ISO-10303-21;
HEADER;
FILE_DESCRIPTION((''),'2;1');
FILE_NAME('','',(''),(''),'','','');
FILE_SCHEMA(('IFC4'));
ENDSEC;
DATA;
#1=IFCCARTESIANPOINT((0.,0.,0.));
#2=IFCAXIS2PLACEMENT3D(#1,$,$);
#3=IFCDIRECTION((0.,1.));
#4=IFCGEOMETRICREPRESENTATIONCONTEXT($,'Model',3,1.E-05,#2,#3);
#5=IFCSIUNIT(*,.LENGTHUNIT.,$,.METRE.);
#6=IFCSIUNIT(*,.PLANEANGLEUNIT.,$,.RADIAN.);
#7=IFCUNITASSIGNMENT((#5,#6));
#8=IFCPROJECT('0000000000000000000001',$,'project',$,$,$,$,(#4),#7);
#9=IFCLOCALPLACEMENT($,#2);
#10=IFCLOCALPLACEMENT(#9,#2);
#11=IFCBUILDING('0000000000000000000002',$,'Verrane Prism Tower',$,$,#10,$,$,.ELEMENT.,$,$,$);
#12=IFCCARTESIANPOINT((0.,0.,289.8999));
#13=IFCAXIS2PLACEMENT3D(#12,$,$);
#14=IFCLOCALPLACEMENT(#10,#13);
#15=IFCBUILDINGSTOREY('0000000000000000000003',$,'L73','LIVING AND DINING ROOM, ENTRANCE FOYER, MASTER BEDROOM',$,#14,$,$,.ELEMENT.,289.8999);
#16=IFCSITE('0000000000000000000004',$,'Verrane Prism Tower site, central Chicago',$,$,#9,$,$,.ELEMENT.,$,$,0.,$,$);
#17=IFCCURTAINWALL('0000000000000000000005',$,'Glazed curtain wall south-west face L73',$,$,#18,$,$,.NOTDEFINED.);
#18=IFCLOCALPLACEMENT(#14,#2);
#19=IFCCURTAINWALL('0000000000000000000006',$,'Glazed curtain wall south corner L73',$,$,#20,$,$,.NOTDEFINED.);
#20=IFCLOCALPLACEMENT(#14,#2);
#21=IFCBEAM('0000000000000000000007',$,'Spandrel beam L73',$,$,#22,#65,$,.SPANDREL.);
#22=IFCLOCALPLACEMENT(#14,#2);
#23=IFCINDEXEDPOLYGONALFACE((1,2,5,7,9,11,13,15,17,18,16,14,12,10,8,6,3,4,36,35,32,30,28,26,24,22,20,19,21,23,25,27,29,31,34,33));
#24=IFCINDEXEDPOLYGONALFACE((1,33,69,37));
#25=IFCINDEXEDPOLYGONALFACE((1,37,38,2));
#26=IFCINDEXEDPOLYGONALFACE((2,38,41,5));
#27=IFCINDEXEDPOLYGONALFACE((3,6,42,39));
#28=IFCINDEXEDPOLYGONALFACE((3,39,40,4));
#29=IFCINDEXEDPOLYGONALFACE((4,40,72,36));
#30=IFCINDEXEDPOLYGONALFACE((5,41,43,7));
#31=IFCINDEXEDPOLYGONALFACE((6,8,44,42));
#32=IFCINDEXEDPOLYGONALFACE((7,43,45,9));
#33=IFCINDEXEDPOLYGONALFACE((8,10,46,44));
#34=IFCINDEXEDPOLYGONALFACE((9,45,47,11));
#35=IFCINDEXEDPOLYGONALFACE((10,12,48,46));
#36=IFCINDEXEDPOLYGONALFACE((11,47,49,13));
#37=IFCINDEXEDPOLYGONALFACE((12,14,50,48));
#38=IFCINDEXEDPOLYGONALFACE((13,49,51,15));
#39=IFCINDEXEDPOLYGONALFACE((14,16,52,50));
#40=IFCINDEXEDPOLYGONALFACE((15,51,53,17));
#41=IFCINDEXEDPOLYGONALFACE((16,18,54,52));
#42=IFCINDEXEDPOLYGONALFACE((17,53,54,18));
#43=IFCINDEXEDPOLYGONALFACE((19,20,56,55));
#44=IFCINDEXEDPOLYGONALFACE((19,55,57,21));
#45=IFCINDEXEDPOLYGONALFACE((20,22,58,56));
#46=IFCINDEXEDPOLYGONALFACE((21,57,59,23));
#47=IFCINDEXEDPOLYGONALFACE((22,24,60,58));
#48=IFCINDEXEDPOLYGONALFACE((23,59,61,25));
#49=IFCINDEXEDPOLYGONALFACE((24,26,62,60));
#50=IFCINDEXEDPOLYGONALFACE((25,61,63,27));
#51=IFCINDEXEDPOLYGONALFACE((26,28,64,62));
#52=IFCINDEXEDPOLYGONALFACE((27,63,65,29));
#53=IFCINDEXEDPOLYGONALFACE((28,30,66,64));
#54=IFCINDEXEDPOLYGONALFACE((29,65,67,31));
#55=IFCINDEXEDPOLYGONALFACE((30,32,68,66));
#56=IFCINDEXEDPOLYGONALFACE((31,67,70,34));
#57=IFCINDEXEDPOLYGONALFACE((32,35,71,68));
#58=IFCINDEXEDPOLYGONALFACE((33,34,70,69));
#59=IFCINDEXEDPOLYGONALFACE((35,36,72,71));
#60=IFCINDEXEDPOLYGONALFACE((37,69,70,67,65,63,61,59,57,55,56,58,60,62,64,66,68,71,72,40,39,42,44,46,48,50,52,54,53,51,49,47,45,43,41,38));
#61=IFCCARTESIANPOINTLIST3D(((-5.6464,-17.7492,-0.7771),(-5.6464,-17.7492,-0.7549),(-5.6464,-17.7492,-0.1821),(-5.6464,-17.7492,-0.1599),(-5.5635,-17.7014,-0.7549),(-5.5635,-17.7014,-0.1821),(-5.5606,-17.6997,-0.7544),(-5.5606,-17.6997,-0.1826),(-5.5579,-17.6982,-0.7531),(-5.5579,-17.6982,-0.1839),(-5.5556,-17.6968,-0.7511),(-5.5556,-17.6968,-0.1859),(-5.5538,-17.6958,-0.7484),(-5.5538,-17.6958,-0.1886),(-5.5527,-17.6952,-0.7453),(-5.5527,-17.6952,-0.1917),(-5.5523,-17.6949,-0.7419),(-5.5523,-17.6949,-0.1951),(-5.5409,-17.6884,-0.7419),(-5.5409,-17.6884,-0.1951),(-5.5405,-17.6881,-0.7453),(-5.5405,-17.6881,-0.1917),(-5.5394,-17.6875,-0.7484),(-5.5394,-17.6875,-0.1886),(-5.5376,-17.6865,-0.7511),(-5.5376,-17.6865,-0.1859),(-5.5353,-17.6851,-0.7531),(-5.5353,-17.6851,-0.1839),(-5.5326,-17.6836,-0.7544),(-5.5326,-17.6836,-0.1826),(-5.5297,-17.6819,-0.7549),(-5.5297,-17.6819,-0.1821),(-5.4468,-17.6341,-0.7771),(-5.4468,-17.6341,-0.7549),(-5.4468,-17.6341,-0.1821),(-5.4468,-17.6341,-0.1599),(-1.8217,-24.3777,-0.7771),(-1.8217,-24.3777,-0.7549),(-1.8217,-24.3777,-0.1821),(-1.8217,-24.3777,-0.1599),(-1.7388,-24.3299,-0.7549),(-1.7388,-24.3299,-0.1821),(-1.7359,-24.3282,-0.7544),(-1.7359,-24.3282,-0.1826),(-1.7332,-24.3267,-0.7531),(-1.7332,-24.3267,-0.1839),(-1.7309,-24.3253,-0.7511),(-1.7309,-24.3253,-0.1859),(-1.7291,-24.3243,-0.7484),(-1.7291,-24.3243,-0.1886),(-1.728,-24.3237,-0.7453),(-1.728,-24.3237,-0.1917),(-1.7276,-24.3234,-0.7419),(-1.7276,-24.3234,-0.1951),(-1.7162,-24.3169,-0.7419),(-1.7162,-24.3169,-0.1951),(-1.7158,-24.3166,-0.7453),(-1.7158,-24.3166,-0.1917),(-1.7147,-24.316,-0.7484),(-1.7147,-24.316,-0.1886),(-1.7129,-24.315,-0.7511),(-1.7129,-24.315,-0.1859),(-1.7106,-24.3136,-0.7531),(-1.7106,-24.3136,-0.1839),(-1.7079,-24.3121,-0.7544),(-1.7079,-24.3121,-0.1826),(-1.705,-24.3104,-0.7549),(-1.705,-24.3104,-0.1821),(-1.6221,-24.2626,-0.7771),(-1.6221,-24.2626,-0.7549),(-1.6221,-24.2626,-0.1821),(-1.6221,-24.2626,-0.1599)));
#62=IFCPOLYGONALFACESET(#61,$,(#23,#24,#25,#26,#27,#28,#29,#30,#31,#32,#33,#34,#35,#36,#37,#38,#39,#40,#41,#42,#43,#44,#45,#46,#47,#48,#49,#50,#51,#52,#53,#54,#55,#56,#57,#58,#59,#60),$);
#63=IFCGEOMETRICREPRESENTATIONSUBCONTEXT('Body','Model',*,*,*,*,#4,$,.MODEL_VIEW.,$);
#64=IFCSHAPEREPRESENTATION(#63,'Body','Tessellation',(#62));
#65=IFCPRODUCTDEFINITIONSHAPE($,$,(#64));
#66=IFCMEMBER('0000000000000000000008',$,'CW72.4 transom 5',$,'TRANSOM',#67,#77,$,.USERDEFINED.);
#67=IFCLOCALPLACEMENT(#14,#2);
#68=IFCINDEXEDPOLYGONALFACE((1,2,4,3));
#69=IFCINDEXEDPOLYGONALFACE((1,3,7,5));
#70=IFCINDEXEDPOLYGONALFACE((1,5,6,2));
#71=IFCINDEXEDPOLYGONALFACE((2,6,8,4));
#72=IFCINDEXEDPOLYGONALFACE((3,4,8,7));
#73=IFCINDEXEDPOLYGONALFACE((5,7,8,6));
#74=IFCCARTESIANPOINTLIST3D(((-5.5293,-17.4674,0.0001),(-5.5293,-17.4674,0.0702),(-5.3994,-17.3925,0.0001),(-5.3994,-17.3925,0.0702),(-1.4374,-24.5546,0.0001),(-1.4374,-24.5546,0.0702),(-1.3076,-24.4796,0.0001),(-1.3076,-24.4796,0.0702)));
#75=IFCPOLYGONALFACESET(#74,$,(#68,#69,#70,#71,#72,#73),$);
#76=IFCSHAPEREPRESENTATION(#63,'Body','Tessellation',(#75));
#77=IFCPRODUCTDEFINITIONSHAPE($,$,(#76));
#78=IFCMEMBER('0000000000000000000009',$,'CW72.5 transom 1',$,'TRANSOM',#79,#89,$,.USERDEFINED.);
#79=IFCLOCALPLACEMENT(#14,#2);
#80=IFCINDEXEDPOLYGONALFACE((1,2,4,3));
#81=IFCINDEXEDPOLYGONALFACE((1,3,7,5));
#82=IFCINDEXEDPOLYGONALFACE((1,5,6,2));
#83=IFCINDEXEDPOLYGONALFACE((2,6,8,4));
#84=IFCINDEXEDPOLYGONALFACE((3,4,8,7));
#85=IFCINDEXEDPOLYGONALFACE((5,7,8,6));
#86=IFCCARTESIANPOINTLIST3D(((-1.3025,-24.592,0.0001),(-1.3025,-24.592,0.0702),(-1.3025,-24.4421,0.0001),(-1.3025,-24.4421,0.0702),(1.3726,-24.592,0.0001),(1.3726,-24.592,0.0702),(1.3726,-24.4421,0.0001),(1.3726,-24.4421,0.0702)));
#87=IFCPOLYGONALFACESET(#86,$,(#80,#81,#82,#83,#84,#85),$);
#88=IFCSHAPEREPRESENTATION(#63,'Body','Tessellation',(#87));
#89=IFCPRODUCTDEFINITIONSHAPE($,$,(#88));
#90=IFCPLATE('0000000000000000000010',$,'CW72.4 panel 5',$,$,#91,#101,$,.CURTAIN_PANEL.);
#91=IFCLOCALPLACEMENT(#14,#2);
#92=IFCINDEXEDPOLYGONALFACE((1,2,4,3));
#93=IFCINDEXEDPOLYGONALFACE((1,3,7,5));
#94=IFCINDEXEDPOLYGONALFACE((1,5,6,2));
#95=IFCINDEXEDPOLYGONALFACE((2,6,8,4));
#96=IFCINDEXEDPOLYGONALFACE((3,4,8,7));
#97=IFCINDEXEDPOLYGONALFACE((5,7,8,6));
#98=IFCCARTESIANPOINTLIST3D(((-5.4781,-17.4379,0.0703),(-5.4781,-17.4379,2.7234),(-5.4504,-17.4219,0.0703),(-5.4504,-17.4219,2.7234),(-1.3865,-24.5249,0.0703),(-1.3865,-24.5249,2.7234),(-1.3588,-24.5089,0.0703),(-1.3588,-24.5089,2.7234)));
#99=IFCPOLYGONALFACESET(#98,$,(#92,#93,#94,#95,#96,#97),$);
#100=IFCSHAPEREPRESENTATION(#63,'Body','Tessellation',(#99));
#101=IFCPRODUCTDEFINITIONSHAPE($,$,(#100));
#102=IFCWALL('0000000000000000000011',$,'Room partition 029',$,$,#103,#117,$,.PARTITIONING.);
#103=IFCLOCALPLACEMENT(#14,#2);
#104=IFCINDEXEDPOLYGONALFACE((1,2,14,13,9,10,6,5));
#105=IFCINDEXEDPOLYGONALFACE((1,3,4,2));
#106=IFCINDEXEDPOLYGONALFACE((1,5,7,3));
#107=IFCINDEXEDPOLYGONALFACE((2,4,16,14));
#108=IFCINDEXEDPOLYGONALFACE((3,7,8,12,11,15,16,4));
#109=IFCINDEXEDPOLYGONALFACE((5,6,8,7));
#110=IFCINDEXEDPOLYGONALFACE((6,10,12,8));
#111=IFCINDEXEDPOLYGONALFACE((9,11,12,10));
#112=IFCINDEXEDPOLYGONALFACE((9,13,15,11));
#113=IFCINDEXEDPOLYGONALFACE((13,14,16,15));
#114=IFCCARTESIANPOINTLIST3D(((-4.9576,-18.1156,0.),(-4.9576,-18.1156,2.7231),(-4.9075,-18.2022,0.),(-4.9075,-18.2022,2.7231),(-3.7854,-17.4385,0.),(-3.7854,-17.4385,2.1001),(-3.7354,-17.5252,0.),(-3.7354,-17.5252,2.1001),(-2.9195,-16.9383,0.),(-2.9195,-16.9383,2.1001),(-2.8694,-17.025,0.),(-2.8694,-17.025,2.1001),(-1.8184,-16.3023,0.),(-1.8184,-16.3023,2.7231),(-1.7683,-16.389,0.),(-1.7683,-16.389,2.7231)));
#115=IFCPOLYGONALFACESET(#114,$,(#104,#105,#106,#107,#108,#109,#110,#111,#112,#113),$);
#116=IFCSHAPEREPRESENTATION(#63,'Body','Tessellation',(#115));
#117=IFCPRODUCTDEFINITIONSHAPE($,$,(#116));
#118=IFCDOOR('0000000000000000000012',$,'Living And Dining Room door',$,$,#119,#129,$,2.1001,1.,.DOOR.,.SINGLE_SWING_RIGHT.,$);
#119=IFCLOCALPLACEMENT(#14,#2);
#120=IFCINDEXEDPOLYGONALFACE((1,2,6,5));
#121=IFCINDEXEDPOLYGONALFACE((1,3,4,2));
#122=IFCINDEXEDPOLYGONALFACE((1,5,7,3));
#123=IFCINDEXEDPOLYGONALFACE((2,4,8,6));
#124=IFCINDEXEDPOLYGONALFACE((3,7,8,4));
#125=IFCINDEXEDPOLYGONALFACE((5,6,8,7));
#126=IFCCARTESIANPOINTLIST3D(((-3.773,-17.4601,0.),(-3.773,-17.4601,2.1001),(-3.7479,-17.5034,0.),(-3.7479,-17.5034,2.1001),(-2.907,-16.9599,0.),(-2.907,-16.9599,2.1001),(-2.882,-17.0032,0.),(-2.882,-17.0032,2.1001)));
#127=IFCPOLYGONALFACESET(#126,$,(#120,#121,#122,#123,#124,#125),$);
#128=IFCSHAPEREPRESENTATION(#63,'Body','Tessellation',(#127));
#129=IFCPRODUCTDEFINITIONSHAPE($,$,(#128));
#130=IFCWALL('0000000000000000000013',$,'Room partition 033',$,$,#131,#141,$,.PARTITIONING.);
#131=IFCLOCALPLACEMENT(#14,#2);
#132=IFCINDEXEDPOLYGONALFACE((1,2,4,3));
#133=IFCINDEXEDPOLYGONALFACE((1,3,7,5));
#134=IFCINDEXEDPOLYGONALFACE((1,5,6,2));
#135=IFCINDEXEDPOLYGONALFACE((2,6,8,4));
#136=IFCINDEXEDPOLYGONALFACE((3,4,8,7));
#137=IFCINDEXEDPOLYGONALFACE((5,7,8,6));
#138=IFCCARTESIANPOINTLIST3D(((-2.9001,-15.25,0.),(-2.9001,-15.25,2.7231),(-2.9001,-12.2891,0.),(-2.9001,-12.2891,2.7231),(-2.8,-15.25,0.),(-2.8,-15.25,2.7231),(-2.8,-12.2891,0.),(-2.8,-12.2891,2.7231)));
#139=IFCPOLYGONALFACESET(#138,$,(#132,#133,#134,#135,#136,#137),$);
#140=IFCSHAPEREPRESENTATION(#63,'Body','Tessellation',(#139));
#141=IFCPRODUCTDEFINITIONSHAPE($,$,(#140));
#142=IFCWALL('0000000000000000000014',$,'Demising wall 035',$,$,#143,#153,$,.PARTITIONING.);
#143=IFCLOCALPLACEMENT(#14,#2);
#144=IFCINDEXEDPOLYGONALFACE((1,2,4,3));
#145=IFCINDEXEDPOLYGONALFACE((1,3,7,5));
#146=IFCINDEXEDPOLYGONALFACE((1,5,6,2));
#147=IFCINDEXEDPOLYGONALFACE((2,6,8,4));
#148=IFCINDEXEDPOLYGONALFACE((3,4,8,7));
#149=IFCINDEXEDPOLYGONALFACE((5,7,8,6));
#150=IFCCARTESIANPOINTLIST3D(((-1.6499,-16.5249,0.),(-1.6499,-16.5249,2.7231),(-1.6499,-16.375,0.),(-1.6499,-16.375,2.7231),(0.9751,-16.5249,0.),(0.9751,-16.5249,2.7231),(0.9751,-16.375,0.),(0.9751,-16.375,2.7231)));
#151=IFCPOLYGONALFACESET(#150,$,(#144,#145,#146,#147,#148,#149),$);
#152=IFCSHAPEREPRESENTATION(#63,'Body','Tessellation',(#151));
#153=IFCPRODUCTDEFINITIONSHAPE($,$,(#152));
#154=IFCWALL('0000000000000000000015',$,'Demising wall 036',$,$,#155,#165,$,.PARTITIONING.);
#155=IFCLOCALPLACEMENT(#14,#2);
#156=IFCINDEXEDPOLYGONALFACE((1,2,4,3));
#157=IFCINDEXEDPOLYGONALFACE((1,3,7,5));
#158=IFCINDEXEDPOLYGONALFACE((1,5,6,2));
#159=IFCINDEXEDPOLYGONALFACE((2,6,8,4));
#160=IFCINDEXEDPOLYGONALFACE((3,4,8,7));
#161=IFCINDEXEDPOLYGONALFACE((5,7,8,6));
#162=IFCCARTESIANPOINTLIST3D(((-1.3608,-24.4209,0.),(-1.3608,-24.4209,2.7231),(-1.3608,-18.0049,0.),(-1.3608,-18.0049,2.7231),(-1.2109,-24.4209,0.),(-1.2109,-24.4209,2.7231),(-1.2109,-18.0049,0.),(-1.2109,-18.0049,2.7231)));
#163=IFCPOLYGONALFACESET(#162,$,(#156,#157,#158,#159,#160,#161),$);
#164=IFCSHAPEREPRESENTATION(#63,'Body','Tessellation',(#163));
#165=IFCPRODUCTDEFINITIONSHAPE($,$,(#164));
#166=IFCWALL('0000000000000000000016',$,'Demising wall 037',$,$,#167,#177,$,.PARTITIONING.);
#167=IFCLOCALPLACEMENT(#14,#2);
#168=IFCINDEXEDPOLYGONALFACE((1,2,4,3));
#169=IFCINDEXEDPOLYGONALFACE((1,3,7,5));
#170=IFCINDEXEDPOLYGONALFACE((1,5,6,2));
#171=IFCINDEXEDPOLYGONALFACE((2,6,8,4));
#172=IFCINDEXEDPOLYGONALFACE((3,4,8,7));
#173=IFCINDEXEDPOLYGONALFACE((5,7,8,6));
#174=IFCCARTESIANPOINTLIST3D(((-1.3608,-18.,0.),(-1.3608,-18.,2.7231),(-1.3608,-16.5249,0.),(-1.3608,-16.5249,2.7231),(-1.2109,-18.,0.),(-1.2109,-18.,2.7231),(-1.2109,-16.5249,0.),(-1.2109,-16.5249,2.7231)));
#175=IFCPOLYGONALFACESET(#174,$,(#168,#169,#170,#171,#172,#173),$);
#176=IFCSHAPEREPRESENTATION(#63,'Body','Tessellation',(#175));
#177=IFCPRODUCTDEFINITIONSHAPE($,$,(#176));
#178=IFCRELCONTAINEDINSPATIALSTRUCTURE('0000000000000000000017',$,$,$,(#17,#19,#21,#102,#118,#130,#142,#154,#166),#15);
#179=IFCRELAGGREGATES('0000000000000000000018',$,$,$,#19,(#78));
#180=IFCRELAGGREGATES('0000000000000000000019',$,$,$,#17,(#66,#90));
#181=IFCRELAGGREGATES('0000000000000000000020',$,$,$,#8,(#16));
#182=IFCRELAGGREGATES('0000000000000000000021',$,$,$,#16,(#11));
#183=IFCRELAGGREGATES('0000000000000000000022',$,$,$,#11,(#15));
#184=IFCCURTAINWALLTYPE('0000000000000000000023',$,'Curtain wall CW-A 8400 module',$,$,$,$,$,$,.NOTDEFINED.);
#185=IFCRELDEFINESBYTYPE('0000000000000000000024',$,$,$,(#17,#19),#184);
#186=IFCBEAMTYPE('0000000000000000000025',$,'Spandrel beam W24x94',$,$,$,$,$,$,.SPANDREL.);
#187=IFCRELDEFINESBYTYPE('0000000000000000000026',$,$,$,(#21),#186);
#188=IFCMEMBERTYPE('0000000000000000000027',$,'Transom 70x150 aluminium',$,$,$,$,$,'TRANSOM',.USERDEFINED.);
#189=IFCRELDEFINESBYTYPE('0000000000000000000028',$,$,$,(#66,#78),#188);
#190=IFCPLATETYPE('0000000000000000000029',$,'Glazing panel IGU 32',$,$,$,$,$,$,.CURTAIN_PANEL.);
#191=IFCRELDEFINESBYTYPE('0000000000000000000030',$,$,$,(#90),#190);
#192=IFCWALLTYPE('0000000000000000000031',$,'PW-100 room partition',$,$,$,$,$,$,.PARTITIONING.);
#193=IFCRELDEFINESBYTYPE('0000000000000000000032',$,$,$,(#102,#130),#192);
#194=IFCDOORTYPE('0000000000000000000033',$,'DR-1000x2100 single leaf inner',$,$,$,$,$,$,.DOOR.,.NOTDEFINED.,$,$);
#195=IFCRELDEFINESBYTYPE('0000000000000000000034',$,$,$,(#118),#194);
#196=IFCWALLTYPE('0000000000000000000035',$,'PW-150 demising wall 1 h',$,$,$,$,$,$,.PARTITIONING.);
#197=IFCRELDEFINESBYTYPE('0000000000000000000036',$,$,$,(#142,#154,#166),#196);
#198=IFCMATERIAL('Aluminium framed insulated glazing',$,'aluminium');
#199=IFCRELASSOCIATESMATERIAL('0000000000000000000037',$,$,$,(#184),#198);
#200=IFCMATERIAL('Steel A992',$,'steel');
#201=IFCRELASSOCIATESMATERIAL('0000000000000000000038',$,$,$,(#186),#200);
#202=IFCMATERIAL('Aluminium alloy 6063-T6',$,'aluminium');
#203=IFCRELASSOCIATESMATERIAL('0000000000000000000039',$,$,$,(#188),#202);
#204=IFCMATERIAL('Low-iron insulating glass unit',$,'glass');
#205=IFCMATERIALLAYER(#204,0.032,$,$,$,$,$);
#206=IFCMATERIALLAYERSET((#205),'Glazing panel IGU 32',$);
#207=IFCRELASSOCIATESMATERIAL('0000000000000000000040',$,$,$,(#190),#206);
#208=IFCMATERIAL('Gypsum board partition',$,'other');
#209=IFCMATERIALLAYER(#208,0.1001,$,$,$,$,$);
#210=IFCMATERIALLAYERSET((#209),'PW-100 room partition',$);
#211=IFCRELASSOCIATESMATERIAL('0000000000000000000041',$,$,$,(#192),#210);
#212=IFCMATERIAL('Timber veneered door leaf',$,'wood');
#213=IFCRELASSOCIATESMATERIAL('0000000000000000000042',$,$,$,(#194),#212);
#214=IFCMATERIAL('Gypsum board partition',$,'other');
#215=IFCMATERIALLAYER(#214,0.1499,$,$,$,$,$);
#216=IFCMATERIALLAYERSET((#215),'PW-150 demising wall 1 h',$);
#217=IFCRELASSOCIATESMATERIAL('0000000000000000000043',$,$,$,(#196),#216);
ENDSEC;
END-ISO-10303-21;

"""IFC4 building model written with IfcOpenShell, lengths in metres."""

from ifc_helpers import new_model, si_unit, direction, frame, frame_2d, origin, origin_2d, place, context, subcontext, project, spatial, rectangle, i_section, extrude, material, layer, layer_set, material_profile, profile_set, type_object, element, fill, aggregate, save


model = new_model("IFC4")

# Units and contexts
model_context = context("Model", 3, precision=1e-05, world=origin(), true_north=direction((0.0, 1.0)))
body_context = subcontext(model_context, "Body", "Model", "MODEL_VIEW")
ifc_project = project(units=[si_unit("LENGTHUNIT", "METRE"), si_unit("PLANEANGLEUNIT", "RADIAN")], contexts=[model_context])

# Site, building, storey
site_placement = place(None, origin())
site = spatial("IfcSite", under=ifc_project, at=site_placement, Name="Verrane Prism Tower site, central Chicago", CompositionType="ELEMENT", RefElevation=0.0)
building_placement = place(site_placement, origin())
building = spatial("IfcBuilding", under=site, at=building_placement, Name="Verrane Prism Tower", CompositionType="ELEMENT")
storey_placement = place(building_placement, frame((0.0, 0.0, 289.8999)))
storey = spatial("IfcBuildingStorey", under=building, at=storey_placement, Name="L73", Description="LIVING AND DINING ROOM, ENTRANCE FOYER, MASTER BEDROOM", CompositionType="ELEMENT", Elevation=289.8999)

# Curtain walls
ifc_material_1 = material(Name="Aluminium framed insulated glazing", Category="aluminium")
curtain_wall_type = type_object("IfcCurtainWallType", Name="Curtain wall CW-A 8400 module", PredefinedType="NOTDEFINED", material=ifc_material_1)
curtain_wall_1_placement = place(storey_placement, origin())
curtain_wall_1 = element("IfcCurtainWall", 1, at=curtain_wall_1_placement, inside=storey, type_object=curtain_wall_type, Name="Glazed curtain wall south-west face L73", PredefinedType="NOTDEFINED")
curtain_wall_2_placement = place(storey_placement, origin())
curtain_wall_2 = element("IfcCurtainWall", 2, at=curtain_wall_2_placement, inside=storey, type_object=curtain_wall_type, Name="Glazed curtain wall south corner L73", PredefinedType="NOTDEFINED")

# Beam
ifc_material_2 = material(Name="Steel A992", Category="steel")
ifc_material_profile_1 = material_profile(ifc_material_2, i_section(OverallWidth=0.2305, OverallDepth=0.6172, WebThickness=0.0132, FlangeThickness=0.0222, FilletRadius=0.0129, at=origin_2d()), Name="W24x94")
ifc_profile_set_1 = profile_set([ifc_material_profile_1], Name="Steel A992")
beam_type_1 = type_object("IfcBeamType", Name="Spandrel beam W24x94", PredefinedType="SPANDREL", material=ifc_profile_set_1)
beam_1_placement = place(storey_placement, frame((-5.5466, -17.6917, -0.4685), z_axis=(0.499783, -0.866151, 0.0), x_axis=(0.866151, 0.499783, 0.0)))
element("IfcBeam", 3, at=beam_1_placement, inside=storey, type_object=beam_type_1, Name="Spandrel beam L73", PredefinedType="SPANDREL", context=body_context, shape_type="SweptSolid", body=[
    extrude(i_section(OverallWidth=0.2305, OverallDepth=0.6172, WebThickness=0.0132, FlangeThickness=0.0222, FilletRadius=0.0129, at=origin_2d()), origin(), (0.0, 0.0, 1.0), 7.6528),
])

# Members
ifc_material_3 = material(Name="Aluminium alloy 6063-T6", Category="aluminium")
ifc_material_profile_2 = material_profile(ifc_material_3, rectangle(XDim=0.1499, YDim=0.0701, at=origin_2d()), Name="Transom 70x150 aluminium")
ifc_profile_set_2 = profile_set([ifc_material_profile_2], Name="Aluminium alloy 6063-T6")
member_type_1 = type_object("IfcMemberType", Name="Transom 70x150 aluminium", ElementType="TRANSOM", PredefinedType="USERDEFINED", material=ifc_profile_set_2)
member_1_placement = place(storey_placement, frame((-5.4644, -17.4299, 0.0352), z_axis=(0.500002, -0.866024, 0.0), x_axis=(0.866024, 0.500002, 0.0)))
member_1 = element("IfcMember", 4, at=member_1_placement, type_object=member_type_1, Name="CW72.4 transom 5", ObjectType="TRANSOM", PredefinedType="USERDEFINED", context=body_context, shape_type="SweptSolid", body=[
    extrude(rectangle(XDim=0.1499, YDim=0.0701, at=origin_2d()), origin(), (0.0, 0.0, 1.0), 8.1836),
])
member_2_placement = place(storey_placement, frame((-1.3025, -24.5171, 0.0352), z_axis=(1.0, 0.0, 0.0), x_axis=(0.0, 1.0, 0.0)))
member_2 = element("IfcMember", 5, at=member_2_placement, type_object=member_type_1, Name="CW72.5 transom 1", ObjectType="TRANSOM", PredefinedType="USERDEFINED", context=body_context, shape_type="SweptSolid", body=[
    extrude(rectangle(XDim=0.1499, YDim=0.0701, at=origin_2d()), origin(), (0.0, 0.0, 1.0), 2.675),
])
aggregate(curtain_wall_2, [member_2])

# Plate
ifc_material_4 = material(Name="Low-iron insulating glass unit", Category="glass")
ifc_layer_1 = layer(ifc_material_4, 0.032)
ifc_layer_set_1 = layer_set([ifc_layer_1], Name="Glazing panel IGU 32")
plate_type = type_object("IfcPlateType", Name="Glazing panel IGU 32", PredefinedType="CURTAIN_PANEL", material=ifc_layer_set_1)
plate_placement = place(storey_placement, frame((-3.4185, -20.9734, 0.0703), z_axis=(0.0, 0.0, 1.0), x_axis=(0.500001, -0.866025, 0.0)))
plate = element("IfcPlate", 6, at=plate_placement, type_object=plate_type, Name="CW72.4 panel 5", PredefinedType="CURTAIN_PANEL", context=body_context, shape_type="SweptSolid", body=[
    extrude(rectangle(XDim=8.1833, YDim=0.032, at=origin_2d()), origin(), (0.0, 0.0, 1.0), 2.6531),
])
aggregate(curtain_wall_1, [member_1, plate])

# Wall, opening, door
ifc_material_5 = material(Name="Gypsum board partition", Category="other")
ifc_layer_2 = layer(ifc_material_5, 0.1001)
ifc_layer_set_2 = layer_set([ifc_layer_2], Name="PW-100 room partition")
wall_type_1 = type_object("IfcWallType", Name="PW-100 room partition", PredefinedType="PARTITIONING", material=ifc_layer_set_2)
wall_1_placement = place(storey_placement, frame((-1.7935, -16.3457, 0.0), z_axis=(0.0, 0.0, 1.0), x_axis=(-0.865925, -0.500173, 0.0)))
wall_1 = element("IfcWall", 7, at=wall_1_placement, inside=storey, type_object=wall_type_1, Name="Room partition 029", PredefinedType="PARTITIONING", context=body_context, shape_type="SweptSolid", body=[
    extrude(rectangle(XDim=3.6252, YDim=0.1001, at=frame_2d((1.8125, 0.0))), origin(), (0.0, 0.0, 1.0), 2.7231),
])
opening_1_placement = place(wall_1_placement, frame((1.2715, 0.0, 0.0)))
opening_1 = element("IfcOpeningElement", 8, at=opening_1_placement, cuts=wall_1, PredefinedType="OPENING", context=body_context, shape_type="SweptSolid", body=[
    extrude(rectangle(XDim=1.0, YDim=2.1001, at=frame_2d((0.5, 1.05))), frame((0.0, 0.0601, 0.0), z_axis=(0.0, -1.0, 0.0), x_axis=(1.0, 0.0, 0.0)), (0.0, 0.0, 1.0), 0.1201),
])
ifc_material_6 = material(Name="Timber veneered door leaf", Category="wood")
door_type_1 = type_object("IfcDoorType", Name="DR-1000x2100 single leaf inner", OperationType="NOTDEFINED", PredefinedType="DOOR", material=ifc_material_6)
door_1_placement = place(opening_1_placement, origin())
door_1 = element("IfcDoor", 9, at=door_1_placement, inside=storey, type_object=door_type_1, Name="Living And Dining Room door", OperationType="SINGLE_SWING_RIGHT", OverallHeight=2.1001, OverallWidth=1.0, PredefinedType="DOOR", context=body_context, shape_type="SweptSolid", body=[
    extrude(rectangle(XDim=1.0, YDim=2.1001, at=frame_2d((0.5, 1.05))), frame((0.0, 0.0249, 0.0), z_axis=(0.0, -1.0, 0.0), x_axis=(1.0, 0.0, 0.0)), (0.0, 0.0, 1.0), 0.05),
])
fill(opening_1, door_1)

# Walls
wall_2_placement = place(storey_placement, frame((-2.8501, -15.25, 0.0), z_axis=(0.0, 0.0, 1.0), x_axis=(0.0, 1.0, 0.0)))
element("IfcWall", 10, at=wall_2_placement, inside=storey, type_object=wall_type_1, Name="Room partition 033", PredefinedType="PARTITIONING", context=body_context, shape_type="SweptSolid", body=[
    extrude(rectangle(XDim=2.9609, YDim=0.1001, at=frame_2d((1.4805, 0.0))), origin(), (0.0, 0.0, 1.0), 2.7231),
])
ifc_material_7 = material(Name="Gypsum board partition", Category="other")
ifc_layer_3 = layer(ifc_material_7, 0.1499)
ifc_layer_set_3 = layer_set([ifc_layer_3], Name="PW-150 demising wall 1 h")
wall_type_2 = type_object("IfcWallType", Name="PW-150 demising wall 1 h", PredefinedType="PARTITIONING", material=ifc_layer_set_3)
wall_3_placement = place(storey_placement, frame((-1.6499, -16.45, 0.0), z_axis=(0.0, 0.0, 1.0), x_axis=(1.0, 0.0, 0.0)))
element("IfcWall", 11, at=wall_3_placement, inside=storey, type_object=wall_type_2, Name="Demising wall 035", PredefinedType="PARTITIONING", context=body_context, shape_type="SweptSolid", body=[
    extrude(rectangle(XDim=2.625, YDim=0.1499, at=frame_2d((1.3125, 0.0))), origin(), (0.0, 0.0, 1.0), 2.7231),
])
wall_4_placement = place(storey_placement, frame((-1.2859, -24.4209, 0.0), z_axis=(0.0, 0.0, 1.0), x_axis=(0.0, 1.0, 0.0)))
element("IfcWall", 12, at=wall_4_placement, inside=storey, type_object=wall_type_2, Name="Demising wall 036", PredefinedType="PARTITIONING", context=body_context, shape_type="SweptSolid", body=[
    extrude(rectangle(XDim=6.416, YDim=0.1499, at=frame_2d((3.208, 0.0))), origin(), (0.0, 0.0, 1.0), 2.7231),
])
wall_5_placement = place(storey_placement, frame((-1.2859, -18.0, 0.0), z_axis=(0.0, 0.0, 1.0), x_axis=(0.0, 1.0, 0.0)))
element("IfcWall", 13, at=wall_5_placement, inside=storey, type_object=wall_type_2, Name="Demising wall 037", PredefinedType="PARTITIONING", context=body_context, shape_type="SweptSolid", body=[
    extrude(rectangle(XDim=1.4751, YDim=0.1499, at=frame_2d((0.7375, 0.0))), origin(), (0.0, 0.0, 1.0), 2.7231),
])

save(model, "model.ifc")
